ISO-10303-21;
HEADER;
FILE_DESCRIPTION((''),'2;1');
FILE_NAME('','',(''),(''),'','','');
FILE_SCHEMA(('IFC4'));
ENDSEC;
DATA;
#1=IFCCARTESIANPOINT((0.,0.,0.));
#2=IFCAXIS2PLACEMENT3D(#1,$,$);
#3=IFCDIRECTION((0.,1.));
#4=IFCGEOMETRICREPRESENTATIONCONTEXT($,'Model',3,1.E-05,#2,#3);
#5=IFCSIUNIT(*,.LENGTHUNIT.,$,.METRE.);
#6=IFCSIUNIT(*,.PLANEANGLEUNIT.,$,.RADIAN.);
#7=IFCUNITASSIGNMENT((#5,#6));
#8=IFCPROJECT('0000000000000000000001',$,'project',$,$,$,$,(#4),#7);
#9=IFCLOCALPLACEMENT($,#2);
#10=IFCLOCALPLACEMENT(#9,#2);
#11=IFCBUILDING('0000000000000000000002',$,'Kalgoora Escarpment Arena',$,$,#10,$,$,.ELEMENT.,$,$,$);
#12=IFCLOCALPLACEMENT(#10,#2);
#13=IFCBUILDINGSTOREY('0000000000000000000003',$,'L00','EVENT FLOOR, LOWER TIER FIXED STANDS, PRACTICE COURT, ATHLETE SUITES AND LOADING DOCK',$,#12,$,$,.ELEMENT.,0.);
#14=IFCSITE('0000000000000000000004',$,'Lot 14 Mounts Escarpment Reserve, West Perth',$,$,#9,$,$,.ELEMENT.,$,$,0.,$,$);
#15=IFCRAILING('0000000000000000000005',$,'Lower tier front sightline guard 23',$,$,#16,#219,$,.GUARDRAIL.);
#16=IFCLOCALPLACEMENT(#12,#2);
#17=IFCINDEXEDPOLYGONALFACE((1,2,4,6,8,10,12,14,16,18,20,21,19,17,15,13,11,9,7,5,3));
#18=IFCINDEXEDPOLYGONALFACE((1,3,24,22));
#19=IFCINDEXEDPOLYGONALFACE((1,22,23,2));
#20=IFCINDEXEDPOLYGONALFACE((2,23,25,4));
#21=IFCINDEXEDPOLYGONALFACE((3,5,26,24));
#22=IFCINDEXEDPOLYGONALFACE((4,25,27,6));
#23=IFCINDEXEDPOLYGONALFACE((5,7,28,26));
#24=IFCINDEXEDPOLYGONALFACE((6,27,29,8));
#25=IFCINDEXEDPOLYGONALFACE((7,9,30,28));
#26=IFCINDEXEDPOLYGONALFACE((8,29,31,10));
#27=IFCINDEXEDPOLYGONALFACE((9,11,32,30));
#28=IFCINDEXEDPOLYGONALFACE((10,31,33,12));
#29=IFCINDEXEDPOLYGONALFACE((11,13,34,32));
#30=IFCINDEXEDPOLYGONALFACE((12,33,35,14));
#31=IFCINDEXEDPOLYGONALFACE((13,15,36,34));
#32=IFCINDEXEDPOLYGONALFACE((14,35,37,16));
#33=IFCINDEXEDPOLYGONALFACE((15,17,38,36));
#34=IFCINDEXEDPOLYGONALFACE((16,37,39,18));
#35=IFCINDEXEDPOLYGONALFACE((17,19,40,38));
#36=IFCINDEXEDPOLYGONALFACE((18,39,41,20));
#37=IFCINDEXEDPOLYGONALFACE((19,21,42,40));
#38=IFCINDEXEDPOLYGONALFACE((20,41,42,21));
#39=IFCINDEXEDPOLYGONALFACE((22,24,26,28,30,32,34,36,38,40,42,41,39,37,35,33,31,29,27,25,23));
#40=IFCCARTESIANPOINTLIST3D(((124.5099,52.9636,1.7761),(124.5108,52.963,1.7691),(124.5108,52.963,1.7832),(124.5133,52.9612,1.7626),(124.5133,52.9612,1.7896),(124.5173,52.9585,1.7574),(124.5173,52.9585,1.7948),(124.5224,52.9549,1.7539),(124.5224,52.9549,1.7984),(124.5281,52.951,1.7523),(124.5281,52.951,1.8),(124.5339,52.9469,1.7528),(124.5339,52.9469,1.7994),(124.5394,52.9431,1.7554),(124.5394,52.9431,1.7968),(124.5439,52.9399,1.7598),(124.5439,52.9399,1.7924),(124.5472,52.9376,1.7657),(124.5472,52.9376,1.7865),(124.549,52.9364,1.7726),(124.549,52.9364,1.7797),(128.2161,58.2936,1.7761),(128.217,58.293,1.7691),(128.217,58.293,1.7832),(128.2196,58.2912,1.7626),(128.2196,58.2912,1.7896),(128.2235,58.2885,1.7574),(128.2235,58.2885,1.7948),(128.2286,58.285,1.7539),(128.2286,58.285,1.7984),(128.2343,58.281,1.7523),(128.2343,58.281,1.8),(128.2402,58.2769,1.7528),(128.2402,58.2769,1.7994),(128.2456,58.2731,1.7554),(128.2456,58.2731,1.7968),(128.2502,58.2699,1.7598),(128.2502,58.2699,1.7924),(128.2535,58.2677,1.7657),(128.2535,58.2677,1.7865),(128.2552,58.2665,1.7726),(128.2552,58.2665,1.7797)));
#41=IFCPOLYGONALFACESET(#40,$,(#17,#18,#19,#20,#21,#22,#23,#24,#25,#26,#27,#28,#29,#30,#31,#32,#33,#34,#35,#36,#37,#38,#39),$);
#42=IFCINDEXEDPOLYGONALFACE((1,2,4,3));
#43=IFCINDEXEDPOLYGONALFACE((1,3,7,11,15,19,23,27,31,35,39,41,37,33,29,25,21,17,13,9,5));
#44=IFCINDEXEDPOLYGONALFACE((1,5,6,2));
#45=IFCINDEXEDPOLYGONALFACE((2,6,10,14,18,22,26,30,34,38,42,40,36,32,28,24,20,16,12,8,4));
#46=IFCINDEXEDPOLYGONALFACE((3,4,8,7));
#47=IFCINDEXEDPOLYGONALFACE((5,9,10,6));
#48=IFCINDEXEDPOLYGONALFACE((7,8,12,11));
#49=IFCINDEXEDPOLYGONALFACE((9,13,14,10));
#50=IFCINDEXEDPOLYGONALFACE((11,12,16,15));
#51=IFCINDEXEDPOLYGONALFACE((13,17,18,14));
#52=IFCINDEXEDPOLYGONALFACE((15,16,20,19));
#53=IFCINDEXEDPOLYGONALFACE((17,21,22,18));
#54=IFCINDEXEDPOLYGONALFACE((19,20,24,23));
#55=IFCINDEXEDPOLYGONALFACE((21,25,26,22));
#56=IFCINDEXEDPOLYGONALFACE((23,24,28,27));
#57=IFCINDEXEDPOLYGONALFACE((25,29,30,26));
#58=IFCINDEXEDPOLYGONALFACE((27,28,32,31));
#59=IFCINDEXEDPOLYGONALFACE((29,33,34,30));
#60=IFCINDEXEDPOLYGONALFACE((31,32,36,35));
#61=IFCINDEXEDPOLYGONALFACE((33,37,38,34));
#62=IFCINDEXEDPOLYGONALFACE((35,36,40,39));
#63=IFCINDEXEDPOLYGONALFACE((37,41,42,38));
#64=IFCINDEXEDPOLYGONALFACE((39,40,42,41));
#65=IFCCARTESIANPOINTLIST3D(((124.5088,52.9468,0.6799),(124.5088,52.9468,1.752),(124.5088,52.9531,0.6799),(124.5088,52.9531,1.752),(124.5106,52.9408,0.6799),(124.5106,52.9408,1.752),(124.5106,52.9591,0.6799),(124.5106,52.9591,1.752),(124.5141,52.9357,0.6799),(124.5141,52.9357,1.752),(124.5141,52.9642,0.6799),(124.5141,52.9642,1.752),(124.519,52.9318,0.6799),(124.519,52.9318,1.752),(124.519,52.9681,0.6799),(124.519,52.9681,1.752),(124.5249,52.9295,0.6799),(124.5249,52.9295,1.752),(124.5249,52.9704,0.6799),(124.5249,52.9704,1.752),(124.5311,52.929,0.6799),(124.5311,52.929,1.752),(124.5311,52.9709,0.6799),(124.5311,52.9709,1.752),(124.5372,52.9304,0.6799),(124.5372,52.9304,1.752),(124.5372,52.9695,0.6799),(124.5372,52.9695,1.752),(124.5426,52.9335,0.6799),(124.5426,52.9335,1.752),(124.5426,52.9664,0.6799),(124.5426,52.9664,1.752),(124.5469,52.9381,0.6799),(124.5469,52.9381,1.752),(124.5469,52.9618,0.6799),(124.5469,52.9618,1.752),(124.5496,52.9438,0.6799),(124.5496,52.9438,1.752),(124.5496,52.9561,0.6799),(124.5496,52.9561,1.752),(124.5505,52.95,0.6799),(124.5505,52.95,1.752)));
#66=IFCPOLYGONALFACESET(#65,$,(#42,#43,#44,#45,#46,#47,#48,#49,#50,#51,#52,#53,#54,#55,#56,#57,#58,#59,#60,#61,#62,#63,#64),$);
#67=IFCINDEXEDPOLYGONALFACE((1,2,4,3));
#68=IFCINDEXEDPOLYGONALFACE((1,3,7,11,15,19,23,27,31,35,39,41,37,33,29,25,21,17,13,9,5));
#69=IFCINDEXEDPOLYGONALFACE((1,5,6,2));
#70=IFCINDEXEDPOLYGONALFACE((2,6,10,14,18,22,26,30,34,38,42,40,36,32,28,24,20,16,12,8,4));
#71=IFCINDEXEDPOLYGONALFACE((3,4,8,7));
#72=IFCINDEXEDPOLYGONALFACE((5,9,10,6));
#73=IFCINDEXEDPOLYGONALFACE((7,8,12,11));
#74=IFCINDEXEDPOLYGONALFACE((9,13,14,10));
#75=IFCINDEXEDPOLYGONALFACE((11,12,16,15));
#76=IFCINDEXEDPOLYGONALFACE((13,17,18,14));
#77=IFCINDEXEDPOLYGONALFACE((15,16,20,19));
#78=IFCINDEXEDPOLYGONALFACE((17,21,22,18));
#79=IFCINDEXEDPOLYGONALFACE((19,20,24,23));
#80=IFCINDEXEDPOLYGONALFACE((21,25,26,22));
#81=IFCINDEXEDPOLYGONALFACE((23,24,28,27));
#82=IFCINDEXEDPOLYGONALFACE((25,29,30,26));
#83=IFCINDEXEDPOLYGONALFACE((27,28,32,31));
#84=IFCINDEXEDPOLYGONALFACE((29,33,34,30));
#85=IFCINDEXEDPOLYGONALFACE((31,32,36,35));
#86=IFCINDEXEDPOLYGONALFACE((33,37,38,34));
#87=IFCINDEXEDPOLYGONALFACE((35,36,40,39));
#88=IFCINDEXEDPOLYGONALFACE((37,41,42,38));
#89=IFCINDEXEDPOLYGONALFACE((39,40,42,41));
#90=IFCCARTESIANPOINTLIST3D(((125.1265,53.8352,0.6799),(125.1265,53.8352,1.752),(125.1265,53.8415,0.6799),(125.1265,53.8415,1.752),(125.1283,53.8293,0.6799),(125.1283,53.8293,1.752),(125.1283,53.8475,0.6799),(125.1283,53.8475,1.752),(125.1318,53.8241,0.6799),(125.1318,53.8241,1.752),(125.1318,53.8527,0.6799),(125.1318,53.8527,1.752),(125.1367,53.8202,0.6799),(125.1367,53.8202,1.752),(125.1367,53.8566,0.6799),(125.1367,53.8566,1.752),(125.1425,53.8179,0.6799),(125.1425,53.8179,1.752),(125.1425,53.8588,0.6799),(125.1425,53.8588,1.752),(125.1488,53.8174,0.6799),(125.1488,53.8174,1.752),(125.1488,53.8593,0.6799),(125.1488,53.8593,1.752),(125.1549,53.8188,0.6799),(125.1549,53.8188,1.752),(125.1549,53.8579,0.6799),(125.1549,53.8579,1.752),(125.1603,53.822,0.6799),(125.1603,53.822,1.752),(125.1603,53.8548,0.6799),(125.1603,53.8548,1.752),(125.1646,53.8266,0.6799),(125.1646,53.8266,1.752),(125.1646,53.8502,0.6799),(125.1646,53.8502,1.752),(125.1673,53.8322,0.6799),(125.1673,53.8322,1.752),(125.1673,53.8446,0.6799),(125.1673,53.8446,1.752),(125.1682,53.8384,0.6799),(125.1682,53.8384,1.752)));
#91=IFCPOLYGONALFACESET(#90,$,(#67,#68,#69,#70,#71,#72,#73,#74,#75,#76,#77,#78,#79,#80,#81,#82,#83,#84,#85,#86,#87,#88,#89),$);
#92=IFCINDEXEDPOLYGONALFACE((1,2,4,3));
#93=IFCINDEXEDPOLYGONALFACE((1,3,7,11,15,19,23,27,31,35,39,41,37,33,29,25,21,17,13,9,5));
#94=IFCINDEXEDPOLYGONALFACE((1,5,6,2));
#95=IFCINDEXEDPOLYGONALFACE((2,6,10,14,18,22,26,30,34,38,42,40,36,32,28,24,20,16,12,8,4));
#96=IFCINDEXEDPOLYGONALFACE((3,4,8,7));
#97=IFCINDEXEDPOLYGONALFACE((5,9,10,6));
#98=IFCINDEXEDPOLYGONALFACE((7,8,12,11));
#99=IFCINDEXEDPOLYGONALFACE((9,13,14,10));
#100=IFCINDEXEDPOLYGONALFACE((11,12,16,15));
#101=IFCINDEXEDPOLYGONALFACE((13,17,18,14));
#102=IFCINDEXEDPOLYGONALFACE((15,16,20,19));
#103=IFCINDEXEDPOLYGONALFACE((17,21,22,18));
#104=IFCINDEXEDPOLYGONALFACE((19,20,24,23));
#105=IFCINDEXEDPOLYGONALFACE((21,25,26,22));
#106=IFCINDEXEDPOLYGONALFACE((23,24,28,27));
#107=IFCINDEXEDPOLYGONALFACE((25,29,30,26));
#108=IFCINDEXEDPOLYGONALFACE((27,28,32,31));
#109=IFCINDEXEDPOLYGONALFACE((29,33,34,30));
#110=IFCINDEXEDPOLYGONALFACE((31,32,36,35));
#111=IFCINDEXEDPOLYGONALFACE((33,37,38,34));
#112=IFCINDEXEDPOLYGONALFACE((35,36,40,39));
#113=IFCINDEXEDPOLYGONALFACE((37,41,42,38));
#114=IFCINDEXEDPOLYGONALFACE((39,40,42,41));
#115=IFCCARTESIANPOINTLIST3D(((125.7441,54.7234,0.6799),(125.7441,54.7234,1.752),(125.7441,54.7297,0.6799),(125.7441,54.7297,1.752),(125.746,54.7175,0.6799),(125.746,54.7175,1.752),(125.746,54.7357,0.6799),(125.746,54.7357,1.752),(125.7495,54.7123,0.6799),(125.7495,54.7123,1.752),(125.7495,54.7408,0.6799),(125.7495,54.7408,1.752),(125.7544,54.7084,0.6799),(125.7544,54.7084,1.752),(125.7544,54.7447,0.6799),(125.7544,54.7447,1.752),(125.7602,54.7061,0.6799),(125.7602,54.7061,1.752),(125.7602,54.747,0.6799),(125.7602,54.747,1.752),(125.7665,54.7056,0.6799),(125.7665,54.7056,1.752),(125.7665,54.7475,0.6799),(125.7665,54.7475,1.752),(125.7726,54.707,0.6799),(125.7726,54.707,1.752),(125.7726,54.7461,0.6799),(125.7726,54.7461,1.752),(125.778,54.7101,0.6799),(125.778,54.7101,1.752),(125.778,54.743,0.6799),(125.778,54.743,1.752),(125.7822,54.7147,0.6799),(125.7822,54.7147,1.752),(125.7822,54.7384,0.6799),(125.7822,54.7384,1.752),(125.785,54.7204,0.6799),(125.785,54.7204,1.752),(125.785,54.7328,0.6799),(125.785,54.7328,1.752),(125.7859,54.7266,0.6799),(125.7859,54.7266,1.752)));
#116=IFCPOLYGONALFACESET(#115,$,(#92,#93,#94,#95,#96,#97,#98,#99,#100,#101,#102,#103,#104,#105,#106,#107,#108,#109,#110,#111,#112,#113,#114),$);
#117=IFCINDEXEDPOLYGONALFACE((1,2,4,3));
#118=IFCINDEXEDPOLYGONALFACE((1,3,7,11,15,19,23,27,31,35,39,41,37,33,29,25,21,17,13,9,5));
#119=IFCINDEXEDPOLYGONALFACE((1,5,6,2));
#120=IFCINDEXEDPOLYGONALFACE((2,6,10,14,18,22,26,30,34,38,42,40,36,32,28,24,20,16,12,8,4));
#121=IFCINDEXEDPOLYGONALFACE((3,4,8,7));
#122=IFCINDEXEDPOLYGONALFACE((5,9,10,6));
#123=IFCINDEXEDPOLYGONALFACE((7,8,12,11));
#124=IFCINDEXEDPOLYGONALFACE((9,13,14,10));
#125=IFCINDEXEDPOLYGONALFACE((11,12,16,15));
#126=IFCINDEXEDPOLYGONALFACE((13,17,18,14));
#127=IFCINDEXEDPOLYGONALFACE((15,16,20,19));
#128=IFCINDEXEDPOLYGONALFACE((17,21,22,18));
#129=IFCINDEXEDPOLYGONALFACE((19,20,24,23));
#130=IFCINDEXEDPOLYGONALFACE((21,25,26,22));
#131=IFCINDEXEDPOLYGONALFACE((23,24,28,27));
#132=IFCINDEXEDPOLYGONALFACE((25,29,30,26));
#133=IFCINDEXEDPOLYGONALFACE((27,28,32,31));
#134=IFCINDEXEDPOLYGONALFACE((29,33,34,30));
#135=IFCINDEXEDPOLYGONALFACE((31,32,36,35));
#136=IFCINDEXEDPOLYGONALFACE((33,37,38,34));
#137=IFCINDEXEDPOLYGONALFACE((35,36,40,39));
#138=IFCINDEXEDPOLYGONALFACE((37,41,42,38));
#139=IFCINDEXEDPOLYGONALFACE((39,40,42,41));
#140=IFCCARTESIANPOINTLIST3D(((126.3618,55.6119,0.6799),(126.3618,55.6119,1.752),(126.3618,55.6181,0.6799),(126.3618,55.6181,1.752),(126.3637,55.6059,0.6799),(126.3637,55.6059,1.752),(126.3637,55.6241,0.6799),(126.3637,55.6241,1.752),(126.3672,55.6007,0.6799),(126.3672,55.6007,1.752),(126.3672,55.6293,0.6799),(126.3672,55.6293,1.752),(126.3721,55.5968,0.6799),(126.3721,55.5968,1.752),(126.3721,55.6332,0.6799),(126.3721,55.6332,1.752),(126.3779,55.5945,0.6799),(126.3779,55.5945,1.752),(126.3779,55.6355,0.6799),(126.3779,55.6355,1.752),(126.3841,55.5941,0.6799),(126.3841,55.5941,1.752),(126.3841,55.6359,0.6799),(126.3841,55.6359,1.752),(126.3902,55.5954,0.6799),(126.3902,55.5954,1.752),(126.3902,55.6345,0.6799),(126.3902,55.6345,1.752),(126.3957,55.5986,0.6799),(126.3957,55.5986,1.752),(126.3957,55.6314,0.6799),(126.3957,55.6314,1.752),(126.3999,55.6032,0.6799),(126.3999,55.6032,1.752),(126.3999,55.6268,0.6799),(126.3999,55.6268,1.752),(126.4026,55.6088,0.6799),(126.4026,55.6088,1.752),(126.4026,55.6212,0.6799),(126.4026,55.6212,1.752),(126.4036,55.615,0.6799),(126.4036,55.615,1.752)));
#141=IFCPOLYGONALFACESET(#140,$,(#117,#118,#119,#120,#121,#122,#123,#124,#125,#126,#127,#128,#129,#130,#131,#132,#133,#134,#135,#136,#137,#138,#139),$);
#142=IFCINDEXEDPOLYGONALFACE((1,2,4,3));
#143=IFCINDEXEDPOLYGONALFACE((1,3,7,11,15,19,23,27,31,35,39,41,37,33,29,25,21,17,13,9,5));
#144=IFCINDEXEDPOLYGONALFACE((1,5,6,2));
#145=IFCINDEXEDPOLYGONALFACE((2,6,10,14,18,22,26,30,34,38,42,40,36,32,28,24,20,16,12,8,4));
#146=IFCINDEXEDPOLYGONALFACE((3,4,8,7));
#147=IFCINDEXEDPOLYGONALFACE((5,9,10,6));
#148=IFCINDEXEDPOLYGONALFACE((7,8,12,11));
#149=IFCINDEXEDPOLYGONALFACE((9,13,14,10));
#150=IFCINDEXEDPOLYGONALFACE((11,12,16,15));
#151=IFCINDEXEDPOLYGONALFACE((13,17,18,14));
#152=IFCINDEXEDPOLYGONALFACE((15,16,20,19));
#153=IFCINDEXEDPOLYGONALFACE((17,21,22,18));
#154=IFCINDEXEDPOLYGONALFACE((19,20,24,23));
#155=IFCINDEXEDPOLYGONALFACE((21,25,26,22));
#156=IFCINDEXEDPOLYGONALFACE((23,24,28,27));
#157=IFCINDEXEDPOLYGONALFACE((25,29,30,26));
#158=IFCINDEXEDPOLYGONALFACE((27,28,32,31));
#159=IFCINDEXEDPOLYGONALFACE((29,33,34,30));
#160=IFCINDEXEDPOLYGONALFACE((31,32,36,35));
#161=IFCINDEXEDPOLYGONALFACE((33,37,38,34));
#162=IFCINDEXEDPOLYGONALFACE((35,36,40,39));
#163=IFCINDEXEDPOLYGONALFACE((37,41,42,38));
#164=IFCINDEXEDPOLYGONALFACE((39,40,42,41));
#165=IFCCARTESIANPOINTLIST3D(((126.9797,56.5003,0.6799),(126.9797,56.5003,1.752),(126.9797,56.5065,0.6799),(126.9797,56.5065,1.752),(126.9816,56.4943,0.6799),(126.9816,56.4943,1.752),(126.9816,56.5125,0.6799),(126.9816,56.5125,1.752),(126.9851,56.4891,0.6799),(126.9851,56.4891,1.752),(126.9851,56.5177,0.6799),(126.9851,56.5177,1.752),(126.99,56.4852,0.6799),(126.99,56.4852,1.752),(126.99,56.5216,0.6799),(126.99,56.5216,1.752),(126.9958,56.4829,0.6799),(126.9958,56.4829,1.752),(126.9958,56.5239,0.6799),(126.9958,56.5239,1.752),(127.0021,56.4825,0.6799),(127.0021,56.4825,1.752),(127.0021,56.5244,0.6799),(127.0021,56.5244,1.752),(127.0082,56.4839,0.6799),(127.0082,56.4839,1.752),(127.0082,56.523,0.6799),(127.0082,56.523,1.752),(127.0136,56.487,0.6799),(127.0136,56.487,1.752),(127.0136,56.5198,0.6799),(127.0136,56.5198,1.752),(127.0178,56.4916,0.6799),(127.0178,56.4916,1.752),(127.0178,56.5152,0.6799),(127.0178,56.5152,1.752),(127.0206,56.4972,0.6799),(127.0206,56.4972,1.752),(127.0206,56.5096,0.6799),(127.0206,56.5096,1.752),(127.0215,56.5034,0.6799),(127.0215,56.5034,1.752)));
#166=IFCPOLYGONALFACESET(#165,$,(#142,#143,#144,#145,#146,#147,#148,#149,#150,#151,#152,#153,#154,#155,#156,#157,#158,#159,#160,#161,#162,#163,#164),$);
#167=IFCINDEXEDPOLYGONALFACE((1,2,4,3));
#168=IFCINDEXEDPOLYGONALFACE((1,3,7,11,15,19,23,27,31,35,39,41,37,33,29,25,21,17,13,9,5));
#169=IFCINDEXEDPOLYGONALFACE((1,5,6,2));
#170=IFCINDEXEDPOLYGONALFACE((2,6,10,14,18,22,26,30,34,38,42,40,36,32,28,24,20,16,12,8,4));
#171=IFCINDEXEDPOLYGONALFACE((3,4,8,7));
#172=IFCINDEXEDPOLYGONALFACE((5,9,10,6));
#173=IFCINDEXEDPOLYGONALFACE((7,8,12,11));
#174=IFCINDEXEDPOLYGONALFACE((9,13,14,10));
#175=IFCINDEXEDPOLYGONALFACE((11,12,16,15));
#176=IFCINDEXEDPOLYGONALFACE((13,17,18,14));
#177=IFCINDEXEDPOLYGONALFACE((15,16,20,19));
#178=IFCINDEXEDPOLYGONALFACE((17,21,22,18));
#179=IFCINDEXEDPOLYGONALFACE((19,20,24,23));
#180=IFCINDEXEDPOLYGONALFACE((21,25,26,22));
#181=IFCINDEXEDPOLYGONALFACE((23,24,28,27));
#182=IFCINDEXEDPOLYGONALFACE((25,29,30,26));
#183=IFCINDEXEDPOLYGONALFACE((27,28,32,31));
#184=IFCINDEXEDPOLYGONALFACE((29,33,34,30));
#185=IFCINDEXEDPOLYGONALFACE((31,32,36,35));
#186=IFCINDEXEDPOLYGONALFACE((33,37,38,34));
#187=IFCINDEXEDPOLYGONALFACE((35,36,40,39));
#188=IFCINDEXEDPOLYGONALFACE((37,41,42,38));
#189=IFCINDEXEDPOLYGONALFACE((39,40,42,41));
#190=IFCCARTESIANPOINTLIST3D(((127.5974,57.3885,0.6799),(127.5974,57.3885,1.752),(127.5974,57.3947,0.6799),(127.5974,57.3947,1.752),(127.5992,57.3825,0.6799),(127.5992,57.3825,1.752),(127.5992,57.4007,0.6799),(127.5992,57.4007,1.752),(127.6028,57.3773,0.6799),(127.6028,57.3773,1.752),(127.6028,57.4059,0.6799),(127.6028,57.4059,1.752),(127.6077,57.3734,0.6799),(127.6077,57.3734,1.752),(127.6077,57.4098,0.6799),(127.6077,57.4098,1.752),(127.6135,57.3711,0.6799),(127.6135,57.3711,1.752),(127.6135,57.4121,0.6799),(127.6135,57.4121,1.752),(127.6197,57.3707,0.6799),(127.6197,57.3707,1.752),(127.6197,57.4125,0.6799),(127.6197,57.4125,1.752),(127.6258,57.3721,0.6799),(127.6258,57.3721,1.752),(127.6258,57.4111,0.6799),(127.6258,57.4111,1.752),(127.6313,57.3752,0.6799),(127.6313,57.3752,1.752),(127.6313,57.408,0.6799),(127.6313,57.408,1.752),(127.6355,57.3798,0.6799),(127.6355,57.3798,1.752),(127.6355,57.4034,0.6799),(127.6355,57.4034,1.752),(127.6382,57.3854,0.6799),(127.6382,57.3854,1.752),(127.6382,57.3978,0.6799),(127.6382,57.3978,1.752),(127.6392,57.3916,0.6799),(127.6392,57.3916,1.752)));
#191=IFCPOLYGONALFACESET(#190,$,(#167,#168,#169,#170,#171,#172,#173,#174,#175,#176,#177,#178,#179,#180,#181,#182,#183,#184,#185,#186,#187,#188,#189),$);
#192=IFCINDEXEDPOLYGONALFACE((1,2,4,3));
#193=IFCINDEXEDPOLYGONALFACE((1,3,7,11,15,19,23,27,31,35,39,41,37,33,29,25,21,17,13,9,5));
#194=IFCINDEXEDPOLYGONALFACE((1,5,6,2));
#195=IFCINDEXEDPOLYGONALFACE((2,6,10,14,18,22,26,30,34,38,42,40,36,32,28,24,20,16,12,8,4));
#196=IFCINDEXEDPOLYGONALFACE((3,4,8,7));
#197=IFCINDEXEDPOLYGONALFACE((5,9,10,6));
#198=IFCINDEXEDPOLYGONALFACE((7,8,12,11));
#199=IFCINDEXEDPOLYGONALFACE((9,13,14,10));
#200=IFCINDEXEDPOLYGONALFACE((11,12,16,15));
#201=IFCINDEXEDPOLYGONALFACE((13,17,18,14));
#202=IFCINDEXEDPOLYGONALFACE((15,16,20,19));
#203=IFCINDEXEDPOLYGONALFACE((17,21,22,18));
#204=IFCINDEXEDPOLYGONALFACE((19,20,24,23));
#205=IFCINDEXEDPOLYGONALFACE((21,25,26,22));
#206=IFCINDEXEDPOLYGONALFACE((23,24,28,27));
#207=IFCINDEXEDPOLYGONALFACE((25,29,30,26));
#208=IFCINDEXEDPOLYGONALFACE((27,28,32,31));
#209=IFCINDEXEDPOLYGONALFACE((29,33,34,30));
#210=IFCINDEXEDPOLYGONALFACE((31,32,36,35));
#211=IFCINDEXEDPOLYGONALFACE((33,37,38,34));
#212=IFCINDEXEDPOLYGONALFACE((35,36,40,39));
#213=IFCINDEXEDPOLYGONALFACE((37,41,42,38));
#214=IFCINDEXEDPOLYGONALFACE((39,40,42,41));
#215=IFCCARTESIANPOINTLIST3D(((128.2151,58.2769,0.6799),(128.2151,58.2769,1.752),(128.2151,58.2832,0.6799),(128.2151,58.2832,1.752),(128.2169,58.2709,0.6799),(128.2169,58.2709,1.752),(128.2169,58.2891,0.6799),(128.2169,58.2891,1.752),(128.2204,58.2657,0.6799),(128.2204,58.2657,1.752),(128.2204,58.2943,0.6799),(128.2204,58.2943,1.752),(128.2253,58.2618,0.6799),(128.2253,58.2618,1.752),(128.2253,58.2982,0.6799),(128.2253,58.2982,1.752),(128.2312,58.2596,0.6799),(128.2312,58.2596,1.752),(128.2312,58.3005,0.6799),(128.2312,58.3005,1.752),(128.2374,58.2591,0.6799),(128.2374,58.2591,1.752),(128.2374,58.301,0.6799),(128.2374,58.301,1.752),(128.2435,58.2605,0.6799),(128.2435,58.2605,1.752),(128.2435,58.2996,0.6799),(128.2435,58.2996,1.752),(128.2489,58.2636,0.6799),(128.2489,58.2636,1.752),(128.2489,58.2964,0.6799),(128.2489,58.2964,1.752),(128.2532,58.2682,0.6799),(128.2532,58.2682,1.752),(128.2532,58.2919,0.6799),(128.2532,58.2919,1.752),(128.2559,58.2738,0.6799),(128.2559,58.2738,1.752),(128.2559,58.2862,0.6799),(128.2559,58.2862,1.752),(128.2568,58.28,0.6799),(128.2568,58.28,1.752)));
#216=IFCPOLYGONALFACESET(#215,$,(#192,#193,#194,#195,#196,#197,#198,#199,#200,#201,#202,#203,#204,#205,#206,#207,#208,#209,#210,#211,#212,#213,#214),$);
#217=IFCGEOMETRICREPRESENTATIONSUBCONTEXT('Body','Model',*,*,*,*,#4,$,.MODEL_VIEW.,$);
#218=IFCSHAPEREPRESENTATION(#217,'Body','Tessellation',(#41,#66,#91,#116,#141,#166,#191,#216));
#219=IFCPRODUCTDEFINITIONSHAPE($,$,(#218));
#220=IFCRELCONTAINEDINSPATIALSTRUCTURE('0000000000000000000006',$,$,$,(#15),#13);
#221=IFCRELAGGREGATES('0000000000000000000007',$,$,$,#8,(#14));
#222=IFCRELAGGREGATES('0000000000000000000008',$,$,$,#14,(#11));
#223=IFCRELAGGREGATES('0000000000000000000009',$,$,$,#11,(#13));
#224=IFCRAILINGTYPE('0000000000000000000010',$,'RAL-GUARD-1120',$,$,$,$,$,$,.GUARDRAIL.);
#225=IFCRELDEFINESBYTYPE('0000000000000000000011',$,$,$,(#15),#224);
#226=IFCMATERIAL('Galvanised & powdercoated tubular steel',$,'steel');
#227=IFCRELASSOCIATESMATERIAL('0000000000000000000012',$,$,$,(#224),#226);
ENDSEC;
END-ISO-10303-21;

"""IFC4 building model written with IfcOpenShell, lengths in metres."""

from ifc_helpers import new_model, si_unit, direction, frame, origin, origin_2d, place, context, subcontext, project, spatial, circle, extrude, material, type_object, element, save


model = new_model("IFC4")

# Units and contexts
model_context = context("Model", 3, precision=1e-05, world=origin(), true_north=direction((0.0, 1.0)))
body_context = subcontext(model_context, "Body", "Model", "MODEL_VIEW")
ifc_project = project(units=[si_unit("LENGTHUNIT", "METRE"), si_unit("PLANEANGLEUNIT", "RADIAN")], contexts=[model_context])

# Site, building, storey
site_placement = place(None, origin())
site = spatial("IfcSite", under=ifc_project, at=site_placement, Name="Lot 14 Mounts Escarpment Reserve, West Perth", CompositionType="ELEMENT", RefElevation=0.0)
building_placement = place(site_placement, origin())
building = spatial("IfcBuilding", under=site, at=building_placement, Name="Kalgoora Escarpment Arena", CompositionType="ELEMENT")
storey_placement = place(building_placement, origin())
storey = spatial("IfcBuildingStorey", under=building, at=storey_placement, Name="L00", Description="EVENT FLOOR, LOWER TIER FIXED STANDS, PRACTICE COURT, ATHLETE SUITES AND LOADING DOCK", CompositionType="ELEMENT", Elevation=0.0)

# Railing
ifc_material_1 = material(Name="Galvanised & powdercoated tubular steel", Category="steel")
railing_type = type_object("IfcRailingType", Name="RAL-GUARD-1120", PredefinedType="GUARDRAIL", material=ifc_material_1)
railing_1_placement = place(storey_placement, frame((124.5295, 52.95, 0.6799)))
element("IfcRailing", 1, at=railing_1_placement, inside=storey, type_object=railing_type, Name="Lower tier front sightline guard 23", PredefinedType="GUARDRAIL", context=body_context, shape_type="SweptSolid", body=[
    extrude(circle(Radius=0.0239, at=origin_2d()), frame((0.0, 0.0, 1.0962), z_axis=(0.5709, 0.821019, 0.0), x_axis=(-0.821019, 0.5709, 0.0)), (0.0, 0.0, 1.0), 6.4919),
    extrude(circle(Radius=0.021, at=origin_2d()), origin(), (0.0, 0.0, 1.0), 1.072),
    extrude(circle(Radius=0.021, at=origin_2d()), frame((0.6177, 0.8884, 0.0)), (0.0, 0.0, 1.0), 1.072),
    extrude(circle(Radius=0.021, at=origin_2d()), frame((1.2354, 1.7766, 0.0)), (0.0, 0.0, 1.0), 1.072),
    extrude(circle(Radius=0.021, at=origin_2d()), frame((1.853, 2.665, 0.0)), (0.0, 0.0, 1.0), 1.072),
    extrude(circle(Radius=0.021, at=origin_2d()), frame((2.4709, 3.5535, 0.0)), (0.0, 0.0, 1.0), 1.072),
    extrude(circle(Radius=0.021, at=origin_2d()), frame((3.0886, 4.4417, 0.0)), (0.0, 0.0, 1.0), 1.072),
    extrude(circle(Radius=0.021, at=origin_2d()), frame((3.7063, 5.3301, 0.0)), (0.0, 0.0, 1.0), 1.072),
])

save(model, "model.ifc")
